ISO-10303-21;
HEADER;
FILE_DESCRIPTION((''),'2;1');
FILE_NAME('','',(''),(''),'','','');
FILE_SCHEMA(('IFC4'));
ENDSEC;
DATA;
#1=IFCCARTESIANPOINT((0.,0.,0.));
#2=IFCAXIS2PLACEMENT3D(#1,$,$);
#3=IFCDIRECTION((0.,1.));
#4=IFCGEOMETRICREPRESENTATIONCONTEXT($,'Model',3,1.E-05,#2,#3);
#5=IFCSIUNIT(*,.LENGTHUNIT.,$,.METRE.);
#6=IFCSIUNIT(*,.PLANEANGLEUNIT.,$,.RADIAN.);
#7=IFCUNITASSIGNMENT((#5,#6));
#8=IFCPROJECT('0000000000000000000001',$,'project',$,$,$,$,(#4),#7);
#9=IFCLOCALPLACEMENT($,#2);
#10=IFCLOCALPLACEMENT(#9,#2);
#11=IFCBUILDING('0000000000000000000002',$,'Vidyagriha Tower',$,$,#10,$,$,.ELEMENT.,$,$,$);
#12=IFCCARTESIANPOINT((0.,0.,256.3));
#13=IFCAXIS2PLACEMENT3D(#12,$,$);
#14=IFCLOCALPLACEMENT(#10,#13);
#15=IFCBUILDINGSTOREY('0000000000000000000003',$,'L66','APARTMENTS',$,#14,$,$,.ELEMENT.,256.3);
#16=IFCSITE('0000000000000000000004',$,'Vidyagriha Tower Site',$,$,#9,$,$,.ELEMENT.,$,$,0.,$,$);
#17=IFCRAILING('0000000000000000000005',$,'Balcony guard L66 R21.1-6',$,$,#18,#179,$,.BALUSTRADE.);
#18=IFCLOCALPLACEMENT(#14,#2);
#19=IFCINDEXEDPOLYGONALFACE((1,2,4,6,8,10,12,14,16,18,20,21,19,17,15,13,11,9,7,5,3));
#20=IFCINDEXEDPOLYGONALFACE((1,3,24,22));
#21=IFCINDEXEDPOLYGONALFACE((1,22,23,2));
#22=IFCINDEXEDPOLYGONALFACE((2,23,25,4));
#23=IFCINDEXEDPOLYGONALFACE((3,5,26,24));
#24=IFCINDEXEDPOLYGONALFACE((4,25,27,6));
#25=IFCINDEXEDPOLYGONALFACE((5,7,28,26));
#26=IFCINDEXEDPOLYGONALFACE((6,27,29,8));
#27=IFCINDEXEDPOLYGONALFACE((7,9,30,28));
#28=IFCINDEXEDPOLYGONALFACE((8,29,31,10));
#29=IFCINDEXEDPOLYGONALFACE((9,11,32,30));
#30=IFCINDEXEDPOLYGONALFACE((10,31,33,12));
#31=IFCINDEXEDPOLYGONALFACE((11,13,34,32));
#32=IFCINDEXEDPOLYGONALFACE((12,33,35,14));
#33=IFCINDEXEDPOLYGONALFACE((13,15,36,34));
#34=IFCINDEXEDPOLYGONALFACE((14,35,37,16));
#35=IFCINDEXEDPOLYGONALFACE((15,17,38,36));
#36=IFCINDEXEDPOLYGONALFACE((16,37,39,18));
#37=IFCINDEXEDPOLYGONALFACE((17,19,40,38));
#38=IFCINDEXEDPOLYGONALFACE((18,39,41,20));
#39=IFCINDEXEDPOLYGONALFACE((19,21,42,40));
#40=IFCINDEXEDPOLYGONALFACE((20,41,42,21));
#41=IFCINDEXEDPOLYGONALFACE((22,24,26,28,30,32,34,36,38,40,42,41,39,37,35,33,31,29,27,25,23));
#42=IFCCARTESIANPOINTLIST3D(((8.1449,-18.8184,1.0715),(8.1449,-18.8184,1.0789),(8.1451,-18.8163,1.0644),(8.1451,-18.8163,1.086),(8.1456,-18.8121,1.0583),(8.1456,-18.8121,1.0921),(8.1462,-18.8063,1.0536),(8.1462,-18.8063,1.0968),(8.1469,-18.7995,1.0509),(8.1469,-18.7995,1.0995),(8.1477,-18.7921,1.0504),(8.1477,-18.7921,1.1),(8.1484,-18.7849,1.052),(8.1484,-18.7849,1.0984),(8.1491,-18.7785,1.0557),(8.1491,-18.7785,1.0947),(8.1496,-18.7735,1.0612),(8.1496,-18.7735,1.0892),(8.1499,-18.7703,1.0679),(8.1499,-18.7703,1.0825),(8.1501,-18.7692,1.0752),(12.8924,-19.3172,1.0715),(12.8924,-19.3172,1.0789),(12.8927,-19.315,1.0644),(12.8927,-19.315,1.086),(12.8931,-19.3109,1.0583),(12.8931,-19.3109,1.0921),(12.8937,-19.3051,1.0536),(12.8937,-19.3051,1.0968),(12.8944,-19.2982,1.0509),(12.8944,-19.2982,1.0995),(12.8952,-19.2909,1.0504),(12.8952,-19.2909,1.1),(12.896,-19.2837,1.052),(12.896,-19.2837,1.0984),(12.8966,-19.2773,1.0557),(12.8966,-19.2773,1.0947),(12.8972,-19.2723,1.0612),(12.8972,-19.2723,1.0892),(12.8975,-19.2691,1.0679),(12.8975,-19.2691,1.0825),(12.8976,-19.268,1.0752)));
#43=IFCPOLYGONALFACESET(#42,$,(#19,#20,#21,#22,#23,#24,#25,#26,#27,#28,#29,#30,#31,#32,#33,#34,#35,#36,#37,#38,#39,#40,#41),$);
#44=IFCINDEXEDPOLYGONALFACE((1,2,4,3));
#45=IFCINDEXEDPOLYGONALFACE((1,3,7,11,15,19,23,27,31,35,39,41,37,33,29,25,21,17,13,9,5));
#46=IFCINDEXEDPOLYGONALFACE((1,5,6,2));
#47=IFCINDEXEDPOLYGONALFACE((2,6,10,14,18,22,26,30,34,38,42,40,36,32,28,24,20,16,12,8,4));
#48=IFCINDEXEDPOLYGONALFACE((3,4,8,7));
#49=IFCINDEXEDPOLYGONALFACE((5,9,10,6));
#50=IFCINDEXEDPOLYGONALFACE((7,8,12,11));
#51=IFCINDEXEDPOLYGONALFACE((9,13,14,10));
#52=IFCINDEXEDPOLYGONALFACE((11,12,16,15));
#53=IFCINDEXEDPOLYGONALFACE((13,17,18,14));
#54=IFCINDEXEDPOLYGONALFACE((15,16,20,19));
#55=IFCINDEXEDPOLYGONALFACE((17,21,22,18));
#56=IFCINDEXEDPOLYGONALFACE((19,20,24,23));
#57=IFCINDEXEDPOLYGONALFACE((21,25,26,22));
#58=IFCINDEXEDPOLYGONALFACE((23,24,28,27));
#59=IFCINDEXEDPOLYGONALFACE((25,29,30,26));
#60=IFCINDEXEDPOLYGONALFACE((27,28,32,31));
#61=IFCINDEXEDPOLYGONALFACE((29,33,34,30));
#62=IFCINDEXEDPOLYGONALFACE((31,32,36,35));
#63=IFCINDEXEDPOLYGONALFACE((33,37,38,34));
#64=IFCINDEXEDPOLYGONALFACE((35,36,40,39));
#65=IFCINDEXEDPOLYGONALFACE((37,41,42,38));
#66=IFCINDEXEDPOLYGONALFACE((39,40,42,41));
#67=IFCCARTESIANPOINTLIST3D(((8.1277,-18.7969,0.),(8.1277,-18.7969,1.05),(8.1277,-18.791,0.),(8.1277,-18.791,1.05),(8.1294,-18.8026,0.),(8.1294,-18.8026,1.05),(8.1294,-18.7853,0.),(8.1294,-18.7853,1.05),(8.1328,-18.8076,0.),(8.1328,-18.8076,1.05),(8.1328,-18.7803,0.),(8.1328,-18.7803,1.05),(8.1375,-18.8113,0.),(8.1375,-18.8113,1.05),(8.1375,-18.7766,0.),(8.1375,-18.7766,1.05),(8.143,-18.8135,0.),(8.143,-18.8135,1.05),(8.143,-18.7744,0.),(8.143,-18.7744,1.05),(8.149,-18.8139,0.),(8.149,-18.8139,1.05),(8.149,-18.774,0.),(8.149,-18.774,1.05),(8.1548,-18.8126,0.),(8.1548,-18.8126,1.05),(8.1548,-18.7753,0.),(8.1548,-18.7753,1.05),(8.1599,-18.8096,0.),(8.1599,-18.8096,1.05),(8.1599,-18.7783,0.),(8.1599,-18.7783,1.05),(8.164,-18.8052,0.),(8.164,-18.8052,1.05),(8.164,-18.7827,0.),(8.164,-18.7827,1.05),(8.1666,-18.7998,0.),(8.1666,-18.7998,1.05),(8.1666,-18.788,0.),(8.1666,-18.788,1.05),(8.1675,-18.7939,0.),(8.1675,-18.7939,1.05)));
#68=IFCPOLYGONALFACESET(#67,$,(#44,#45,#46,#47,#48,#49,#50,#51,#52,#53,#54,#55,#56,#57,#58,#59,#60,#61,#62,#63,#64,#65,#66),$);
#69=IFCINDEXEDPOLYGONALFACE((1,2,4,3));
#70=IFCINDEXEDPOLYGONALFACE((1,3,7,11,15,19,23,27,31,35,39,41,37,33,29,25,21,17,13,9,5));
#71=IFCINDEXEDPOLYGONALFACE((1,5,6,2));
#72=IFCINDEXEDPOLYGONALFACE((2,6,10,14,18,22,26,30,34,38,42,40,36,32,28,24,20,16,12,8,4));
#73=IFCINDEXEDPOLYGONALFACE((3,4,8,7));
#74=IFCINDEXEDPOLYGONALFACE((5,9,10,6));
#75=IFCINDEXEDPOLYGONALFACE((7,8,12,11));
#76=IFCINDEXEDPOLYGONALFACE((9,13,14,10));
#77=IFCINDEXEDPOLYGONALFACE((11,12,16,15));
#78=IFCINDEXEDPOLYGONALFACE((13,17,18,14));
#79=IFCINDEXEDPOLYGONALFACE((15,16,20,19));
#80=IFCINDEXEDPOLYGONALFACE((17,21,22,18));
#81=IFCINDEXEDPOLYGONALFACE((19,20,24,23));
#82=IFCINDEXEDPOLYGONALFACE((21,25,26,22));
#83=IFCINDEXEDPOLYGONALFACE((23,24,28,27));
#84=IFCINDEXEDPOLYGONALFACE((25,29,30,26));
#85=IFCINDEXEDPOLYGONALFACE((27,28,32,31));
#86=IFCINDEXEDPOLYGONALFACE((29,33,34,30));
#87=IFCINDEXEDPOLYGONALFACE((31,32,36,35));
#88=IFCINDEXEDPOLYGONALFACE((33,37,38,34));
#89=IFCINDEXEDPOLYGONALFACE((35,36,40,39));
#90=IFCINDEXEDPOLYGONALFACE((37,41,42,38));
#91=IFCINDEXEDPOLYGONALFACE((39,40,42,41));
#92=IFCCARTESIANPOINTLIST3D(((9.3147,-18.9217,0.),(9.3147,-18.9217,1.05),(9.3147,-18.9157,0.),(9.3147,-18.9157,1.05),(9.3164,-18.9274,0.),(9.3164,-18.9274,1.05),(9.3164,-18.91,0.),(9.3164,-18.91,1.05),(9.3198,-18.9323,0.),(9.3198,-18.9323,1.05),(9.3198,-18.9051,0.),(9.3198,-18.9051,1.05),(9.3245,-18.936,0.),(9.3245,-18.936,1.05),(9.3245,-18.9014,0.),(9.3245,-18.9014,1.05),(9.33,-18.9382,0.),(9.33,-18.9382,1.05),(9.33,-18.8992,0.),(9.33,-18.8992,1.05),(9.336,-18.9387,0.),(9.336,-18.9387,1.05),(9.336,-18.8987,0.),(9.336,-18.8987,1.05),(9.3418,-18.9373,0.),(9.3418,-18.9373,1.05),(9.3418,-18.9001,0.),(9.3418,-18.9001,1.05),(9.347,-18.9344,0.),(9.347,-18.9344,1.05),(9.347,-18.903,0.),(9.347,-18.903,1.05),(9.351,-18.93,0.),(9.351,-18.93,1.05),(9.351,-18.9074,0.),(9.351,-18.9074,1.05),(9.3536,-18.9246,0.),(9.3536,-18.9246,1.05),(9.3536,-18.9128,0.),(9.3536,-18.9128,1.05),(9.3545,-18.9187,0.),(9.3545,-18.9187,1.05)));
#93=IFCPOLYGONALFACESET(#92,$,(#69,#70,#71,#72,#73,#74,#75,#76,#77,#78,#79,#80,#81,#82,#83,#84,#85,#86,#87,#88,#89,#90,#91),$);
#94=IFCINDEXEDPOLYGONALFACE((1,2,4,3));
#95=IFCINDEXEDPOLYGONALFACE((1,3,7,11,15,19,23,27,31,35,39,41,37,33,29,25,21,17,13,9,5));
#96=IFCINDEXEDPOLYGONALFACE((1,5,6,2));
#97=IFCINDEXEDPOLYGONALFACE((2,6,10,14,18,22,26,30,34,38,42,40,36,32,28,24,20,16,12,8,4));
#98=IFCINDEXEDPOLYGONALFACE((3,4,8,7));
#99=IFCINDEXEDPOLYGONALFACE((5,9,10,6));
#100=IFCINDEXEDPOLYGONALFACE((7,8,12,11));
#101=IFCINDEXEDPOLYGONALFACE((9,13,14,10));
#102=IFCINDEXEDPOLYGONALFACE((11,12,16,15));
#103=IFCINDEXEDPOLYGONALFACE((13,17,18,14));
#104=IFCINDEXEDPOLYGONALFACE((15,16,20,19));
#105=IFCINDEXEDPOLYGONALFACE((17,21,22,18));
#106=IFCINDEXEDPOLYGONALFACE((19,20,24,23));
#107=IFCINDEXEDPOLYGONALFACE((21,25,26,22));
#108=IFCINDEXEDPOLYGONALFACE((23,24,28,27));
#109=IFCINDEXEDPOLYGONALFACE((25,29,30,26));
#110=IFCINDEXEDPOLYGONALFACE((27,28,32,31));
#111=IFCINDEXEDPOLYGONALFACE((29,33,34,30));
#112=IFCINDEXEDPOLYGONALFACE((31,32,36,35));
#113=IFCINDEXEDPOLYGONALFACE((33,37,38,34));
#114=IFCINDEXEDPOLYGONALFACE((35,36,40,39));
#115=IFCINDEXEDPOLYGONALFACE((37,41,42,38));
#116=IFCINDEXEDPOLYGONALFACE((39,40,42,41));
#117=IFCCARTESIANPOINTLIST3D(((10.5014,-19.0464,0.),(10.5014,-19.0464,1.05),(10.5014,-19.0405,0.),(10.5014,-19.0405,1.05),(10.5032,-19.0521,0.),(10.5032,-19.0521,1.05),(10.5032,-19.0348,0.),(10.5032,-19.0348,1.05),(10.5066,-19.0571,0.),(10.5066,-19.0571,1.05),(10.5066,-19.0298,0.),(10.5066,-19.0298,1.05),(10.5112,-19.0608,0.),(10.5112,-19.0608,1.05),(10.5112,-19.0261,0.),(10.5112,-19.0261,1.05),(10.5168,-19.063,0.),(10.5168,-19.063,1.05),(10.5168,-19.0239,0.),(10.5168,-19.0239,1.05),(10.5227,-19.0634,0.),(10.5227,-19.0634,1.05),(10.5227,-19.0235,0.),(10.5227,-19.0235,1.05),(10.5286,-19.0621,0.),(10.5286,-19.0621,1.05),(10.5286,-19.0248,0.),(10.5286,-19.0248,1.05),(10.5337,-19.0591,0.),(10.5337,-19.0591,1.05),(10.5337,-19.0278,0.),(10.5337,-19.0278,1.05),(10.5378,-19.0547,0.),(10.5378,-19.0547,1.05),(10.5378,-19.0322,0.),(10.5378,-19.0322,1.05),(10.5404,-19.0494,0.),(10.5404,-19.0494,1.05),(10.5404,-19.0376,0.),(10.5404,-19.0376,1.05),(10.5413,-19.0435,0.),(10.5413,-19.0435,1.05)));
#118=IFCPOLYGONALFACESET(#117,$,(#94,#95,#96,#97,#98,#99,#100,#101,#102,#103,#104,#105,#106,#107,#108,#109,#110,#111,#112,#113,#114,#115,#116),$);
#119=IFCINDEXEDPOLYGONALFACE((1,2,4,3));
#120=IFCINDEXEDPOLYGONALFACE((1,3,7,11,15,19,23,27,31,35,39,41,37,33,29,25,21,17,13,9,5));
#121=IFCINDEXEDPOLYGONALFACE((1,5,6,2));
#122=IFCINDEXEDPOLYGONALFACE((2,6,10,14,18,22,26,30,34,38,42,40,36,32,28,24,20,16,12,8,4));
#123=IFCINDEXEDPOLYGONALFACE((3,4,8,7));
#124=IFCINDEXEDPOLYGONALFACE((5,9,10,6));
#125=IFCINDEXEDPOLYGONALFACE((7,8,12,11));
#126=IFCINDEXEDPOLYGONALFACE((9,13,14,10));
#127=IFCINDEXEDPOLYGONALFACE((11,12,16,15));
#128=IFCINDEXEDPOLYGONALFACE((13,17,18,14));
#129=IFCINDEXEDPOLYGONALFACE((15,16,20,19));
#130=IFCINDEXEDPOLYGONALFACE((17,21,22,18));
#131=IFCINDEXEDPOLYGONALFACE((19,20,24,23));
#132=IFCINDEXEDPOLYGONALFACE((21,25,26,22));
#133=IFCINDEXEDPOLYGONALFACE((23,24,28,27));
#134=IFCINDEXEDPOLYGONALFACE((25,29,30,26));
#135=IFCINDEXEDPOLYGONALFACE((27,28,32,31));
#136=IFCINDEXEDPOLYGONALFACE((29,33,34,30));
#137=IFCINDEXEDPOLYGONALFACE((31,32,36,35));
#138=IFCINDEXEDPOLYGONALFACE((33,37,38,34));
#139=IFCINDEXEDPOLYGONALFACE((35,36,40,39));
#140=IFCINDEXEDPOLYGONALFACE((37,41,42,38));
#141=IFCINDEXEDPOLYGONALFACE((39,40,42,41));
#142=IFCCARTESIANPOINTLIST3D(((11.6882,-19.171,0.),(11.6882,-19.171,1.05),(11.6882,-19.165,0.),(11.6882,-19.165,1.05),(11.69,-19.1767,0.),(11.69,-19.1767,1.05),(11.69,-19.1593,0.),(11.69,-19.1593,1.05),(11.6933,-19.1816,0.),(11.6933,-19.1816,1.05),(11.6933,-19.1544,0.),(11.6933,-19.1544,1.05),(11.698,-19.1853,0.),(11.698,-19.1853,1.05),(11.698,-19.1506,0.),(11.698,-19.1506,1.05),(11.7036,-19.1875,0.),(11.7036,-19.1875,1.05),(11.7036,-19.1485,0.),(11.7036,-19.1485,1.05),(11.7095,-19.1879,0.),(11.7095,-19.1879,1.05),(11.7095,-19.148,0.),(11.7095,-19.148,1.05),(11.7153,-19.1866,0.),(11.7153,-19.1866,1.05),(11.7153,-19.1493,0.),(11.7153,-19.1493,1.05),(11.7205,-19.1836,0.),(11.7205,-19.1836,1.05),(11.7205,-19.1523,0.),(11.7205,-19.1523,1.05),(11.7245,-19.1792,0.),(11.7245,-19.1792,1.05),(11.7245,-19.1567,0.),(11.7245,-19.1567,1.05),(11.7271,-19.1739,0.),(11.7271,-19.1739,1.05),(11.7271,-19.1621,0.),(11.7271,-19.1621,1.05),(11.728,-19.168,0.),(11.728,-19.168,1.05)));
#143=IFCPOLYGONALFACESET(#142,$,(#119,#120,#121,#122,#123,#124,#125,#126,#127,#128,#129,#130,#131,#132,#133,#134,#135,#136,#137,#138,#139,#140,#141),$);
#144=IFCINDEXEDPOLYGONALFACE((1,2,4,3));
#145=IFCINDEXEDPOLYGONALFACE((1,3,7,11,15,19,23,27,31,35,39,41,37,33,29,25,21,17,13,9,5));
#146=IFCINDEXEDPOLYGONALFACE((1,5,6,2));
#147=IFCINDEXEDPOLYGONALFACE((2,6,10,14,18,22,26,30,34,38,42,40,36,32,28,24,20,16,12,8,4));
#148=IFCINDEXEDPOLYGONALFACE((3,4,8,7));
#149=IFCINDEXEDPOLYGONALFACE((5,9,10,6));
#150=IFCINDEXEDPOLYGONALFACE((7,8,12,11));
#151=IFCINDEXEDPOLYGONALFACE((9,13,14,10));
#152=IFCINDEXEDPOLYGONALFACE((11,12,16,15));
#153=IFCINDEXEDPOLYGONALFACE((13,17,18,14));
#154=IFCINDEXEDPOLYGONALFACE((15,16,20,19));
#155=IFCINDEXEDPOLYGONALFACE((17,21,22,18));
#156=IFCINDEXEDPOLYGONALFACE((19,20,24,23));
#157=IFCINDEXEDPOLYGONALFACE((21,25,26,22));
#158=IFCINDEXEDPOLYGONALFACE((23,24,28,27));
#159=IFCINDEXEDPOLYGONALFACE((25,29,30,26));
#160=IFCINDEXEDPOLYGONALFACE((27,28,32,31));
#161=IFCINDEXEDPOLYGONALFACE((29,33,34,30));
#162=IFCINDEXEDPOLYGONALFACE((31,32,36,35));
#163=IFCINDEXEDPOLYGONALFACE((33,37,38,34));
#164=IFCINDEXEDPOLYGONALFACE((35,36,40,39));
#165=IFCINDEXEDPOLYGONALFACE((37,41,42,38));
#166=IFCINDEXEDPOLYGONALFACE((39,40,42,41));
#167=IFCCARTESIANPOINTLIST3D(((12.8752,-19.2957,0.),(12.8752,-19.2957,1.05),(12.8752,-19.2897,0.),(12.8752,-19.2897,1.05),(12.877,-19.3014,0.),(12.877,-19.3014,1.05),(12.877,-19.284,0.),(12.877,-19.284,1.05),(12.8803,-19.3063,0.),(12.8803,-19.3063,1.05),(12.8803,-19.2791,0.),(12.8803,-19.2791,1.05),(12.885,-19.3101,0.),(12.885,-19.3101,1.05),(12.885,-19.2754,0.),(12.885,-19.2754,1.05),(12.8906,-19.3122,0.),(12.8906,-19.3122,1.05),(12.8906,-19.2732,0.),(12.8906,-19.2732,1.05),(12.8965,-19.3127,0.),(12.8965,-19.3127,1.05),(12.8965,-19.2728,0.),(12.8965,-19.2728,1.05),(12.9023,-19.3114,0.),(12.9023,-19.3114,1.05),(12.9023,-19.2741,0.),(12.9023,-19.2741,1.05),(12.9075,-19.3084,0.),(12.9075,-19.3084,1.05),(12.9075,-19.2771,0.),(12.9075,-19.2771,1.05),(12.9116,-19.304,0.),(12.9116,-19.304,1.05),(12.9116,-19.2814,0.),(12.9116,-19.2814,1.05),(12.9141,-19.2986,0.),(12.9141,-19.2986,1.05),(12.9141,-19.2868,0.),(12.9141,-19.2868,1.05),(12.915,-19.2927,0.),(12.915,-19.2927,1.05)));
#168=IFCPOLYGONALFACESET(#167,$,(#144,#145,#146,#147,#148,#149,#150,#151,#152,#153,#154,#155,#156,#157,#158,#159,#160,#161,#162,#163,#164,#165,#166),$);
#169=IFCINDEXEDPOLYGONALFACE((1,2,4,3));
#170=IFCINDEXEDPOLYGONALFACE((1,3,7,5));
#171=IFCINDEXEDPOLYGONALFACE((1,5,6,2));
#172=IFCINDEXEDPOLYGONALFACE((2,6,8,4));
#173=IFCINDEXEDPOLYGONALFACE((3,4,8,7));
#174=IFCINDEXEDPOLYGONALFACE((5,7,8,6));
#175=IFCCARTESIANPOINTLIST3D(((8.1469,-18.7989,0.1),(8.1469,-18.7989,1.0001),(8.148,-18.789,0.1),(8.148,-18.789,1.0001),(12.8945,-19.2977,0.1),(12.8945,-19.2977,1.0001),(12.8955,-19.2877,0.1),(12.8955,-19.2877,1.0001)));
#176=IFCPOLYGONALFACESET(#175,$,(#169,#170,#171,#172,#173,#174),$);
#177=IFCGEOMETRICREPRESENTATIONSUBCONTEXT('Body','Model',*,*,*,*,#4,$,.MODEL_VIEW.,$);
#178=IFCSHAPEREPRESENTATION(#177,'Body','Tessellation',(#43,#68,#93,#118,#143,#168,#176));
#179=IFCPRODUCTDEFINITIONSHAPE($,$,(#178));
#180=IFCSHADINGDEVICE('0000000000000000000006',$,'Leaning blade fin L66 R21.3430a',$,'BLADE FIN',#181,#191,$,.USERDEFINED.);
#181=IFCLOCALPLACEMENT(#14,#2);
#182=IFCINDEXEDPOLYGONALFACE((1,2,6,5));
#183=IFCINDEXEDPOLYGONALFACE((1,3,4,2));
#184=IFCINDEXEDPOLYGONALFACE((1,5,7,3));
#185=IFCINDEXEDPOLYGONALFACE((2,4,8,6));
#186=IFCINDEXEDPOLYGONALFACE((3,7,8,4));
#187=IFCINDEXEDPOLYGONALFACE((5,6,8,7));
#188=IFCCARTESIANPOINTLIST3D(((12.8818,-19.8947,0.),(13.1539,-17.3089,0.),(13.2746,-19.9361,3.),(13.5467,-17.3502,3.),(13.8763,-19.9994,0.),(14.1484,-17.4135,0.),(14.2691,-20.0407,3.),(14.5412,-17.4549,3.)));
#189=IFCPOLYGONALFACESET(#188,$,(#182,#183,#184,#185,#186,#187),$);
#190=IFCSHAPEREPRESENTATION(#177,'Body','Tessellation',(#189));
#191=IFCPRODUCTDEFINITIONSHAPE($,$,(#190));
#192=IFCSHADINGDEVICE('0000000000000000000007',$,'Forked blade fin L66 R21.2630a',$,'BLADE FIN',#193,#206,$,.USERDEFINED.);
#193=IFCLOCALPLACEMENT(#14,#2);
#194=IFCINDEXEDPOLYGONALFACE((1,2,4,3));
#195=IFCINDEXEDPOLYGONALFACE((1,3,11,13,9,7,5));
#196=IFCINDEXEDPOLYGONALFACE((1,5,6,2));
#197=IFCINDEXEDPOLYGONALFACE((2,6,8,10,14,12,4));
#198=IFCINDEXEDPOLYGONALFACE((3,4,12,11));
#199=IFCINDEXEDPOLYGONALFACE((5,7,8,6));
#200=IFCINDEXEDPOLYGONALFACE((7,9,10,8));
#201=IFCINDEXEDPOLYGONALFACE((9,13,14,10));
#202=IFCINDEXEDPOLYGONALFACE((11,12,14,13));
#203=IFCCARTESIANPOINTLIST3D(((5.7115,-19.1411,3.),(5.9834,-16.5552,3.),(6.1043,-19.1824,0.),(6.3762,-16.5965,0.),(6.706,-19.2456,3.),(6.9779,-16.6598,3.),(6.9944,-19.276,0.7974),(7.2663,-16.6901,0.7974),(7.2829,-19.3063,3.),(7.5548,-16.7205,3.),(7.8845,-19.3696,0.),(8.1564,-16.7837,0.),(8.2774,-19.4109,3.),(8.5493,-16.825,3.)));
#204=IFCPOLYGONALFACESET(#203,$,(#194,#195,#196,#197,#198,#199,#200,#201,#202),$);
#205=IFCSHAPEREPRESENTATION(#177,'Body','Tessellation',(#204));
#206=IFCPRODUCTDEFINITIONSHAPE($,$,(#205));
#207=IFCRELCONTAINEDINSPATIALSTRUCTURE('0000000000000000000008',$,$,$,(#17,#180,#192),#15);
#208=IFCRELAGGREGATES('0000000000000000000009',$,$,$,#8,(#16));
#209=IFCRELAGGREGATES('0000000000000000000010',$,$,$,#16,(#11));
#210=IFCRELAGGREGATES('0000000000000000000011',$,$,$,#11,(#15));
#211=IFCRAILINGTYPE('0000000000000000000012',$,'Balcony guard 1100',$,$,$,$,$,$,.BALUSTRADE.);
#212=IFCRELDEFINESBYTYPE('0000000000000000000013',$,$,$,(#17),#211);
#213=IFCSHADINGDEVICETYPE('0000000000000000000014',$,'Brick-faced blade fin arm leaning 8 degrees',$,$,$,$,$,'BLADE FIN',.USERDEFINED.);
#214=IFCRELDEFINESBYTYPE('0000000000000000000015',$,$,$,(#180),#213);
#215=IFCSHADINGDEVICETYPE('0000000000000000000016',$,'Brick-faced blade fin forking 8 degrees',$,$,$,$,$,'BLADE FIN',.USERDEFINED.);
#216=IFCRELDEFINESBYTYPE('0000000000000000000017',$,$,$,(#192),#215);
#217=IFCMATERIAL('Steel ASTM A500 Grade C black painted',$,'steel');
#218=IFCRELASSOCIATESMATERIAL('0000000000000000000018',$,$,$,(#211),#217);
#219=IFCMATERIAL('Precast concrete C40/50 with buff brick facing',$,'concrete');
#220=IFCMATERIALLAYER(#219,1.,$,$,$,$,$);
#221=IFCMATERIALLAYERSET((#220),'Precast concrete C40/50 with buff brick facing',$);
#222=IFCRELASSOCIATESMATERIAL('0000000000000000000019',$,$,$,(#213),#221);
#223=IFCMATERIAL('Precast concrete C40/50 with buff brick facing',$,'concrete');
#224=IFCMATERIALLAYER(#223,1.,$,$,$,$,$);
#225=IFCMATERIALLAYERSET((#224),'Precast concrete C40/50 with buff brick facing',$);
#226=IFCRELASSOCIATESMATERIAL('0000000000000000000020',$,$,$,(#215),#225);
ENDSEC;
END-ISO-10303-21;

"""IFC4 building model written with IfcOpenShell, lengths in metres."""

from ifc_helpers import new_model, si_unit, direction, frame, origin, origin_2d, place, context, subcontext, project, spatial, polyline, rectangle, circle, outline, extrude, material, layer, layer_set, type_object, element, save


model = new_model("IFC4")

# Units and contexts
model_context = context("Model", 3, precision=1e-05, world=origin(), true_north=direction((0.0, 1.0)))
body_context = subcontext(model_context, "Body", "Model", "MODEL_VIEW")
ifc_project = project(units=[si_unit("LENGTHUNIT", "METRE"), si_unit("PLANEANGLEUNIT", "RADIAN")], contexts=[model_context])

# Site, building, storey
site_placement = place(None, origin())
site = spatial("IfcSite", under=ifc_project, at=site_placement, Name="Vidyagriha Tower Site", CompositionType="ELEMENT", RefElevation=0.0)
building_placement = place(site_placement, origin())
building = spatial("IfcBuilding", under=site, at=building_placement, Name="Vidyagriha Tower", CompositionType="ELEMENT")
storey_placement = place(building_placement, frame((0.0, 0.0, 256.3)))
storey = spatial("IfcBuildingStorey", under=building, at=storey_placement, Name="L66", Description="APARTMENTS", CompositionType="ELEMENT", Elevation=256.3)

# Railing
ifc_material_1 = material(Name="Steel ASTM A500 Grade C black painted", Category="steel")
railing_type = type_object("IfcRailingType", Name="Balcony guard 1100", PredefinedType="BALUSTRADE", material=ifc_material_1)
railing_1_placement = place(storey_placement, frame((8.1475, -18.7939, 0.0)))
element("IfcRailing", 1, at=railing_1_placement, inside=storey, type_object=railing_type, Name="Balcony guard L66 R21.1-6", PredefinedType="BALUSTRADE", context=body_context, shape_type="SweptSolid", body=[
    extrude(circle(Radius=0.0249, at=origin_2d()), frame((0.0, 0.0, 1.0752), z_axis=(0.994526, -0.104485, 0.0), x_axis=(0.104485, 0.994526, 0.0)), (0.0, 0.0, 1.0), 4.7737),
    extrude(circle(Radius=0.02, at=origin_2d()), origin(), (0.0, 0.0, 1.0), 1.05),
    extrude(circle(Radius=0.02, at=origin_2d()), frame((1.187, -0.1248, 0.0)), (0.0, 0.0, 1.0), 1.05),
    extrude(circle(Radius=0.02, at=origin_2d()), frame((2.3738, -0.2495, 0.0)), (0.0, 0.0, 1.0), 1.05),
    extrude(circle(Radius=0.02, at=origin_2d()), frame((3.5605, -0.374, 0.0)), (0.0, 0.0, 1.0), 1.05),
    extrude(circle(Radius=0.02, at=origin_2d()), frame((4.7476, -0.4988, 0.0)), (0.0, 0.0, 1.0), 1.05),
    extrude(rectangle(XDim=0.01, YDim=0.9001, at=origin_2d()), frame((0.0, 0.0, 0.55), z_axis=(0.994526, -0.104485, 0.0), x_axis=(0.104485, 0.994526, 0.0)), (0.0, 0.0, 1.0), 4.7737),
])

# Shading devices
ifc_material_2 = material(Name="Precast concrete C40/50 with buff brick facing", Category="concrete")
ifc_layer_1 = layer(ifc_material_2, 1.0)
ifc_layer_set_1 = layer_set([ifc_layer_1], Name="Precast concrete C40/50 with buff brick facing")
shading_device_type_1 = type_object("IfcShadingDeviceType", Name="Brick-faced blade fin arm leaning 8 degrees", ElementType="BLADE FIN", PredefinedType="USERDEFINED", material=ifc_layer_set_1)
shading_device_1_placement = place(storey_placement, frame((13.0178, -18.6018, 0.0), z_axis=(0.0, 0.0, 1.0), x_axis=(0.994509, -0.104648, 0.0)))
element("IfcShadingDevice", 2, at=shading_device_1_placement, inside=storey, type_object=shading_device_type_1, Name="Leaning blade fin L66 R21.3430a", ObjectType="BLADE FIN", PredefinedType="USERDEFINED", context=body_context, shape_type="SweptSolid", body=[
    extrude(outline(polyline([(0.0, 0.0), (1.0, 0.0), (1.395, 3.0), (0.395, 3.0), (0.0, 0.0)])), frame((0.0, 1.3, 0.0), z_axis=(0.0, -1.0, 0.0), x_axis=(1.0, 0.0, 0.0)), (0.0, 0.0, 1.0), 2.6001),
])
ifc_material_3 = material(Name="Precast concrete C40/50 with buff brick facing", Category="concrete")
ifc_layer_2 = layer(ifc_material_3, 1.0)
ifc_layer_set_2 = layer_set([ifc_layer_2], Name="Precast concrete C40/50 with buff brick facing")
shading_device_type_2 = type_object("IfcShadingDeviceType", Name="Brick-faced blade fin forking 8 degrees", ElementType="BLADE FIN", PredefinedType="USERDEFINED", material=ifc_layer_set_2)
shading_device_2_placement = place(storey_placement, frame((5.8474, -17.8481, 0.0), z_axis=(0.0, 0.0, 1.0), x_axis=(0.994517, -0.104571, 0.0)))
element("IfcShadingDevice", 3, at=shading_device_2_placement, inside=storey, type_object=shading_device_type_2, Name="Forked blade fin L66 R21.2630a", ObjectType="BLADE FIN", PredefinedType="USERDEFINED", context=body_context, shape_type="SweptSolid", body=[
    extrude(outline(polyline([(0.395, 0.0), (2.1851, 0.0), (2.5801, 3.0), (1.5801, 3.0), (1.29, 0.7974), (1.0, 3.0), (0.0, 3.0), (0.395, 0.0)])), frame((0.0, 1.3, 0.0), z_axis=(0.0, -1.0, 0.0), x_axis=(1.0, 0.0, 0.0)), (0.0, 0.0, 1.0), 2.6001),
])

save(model, "model.ifc")
